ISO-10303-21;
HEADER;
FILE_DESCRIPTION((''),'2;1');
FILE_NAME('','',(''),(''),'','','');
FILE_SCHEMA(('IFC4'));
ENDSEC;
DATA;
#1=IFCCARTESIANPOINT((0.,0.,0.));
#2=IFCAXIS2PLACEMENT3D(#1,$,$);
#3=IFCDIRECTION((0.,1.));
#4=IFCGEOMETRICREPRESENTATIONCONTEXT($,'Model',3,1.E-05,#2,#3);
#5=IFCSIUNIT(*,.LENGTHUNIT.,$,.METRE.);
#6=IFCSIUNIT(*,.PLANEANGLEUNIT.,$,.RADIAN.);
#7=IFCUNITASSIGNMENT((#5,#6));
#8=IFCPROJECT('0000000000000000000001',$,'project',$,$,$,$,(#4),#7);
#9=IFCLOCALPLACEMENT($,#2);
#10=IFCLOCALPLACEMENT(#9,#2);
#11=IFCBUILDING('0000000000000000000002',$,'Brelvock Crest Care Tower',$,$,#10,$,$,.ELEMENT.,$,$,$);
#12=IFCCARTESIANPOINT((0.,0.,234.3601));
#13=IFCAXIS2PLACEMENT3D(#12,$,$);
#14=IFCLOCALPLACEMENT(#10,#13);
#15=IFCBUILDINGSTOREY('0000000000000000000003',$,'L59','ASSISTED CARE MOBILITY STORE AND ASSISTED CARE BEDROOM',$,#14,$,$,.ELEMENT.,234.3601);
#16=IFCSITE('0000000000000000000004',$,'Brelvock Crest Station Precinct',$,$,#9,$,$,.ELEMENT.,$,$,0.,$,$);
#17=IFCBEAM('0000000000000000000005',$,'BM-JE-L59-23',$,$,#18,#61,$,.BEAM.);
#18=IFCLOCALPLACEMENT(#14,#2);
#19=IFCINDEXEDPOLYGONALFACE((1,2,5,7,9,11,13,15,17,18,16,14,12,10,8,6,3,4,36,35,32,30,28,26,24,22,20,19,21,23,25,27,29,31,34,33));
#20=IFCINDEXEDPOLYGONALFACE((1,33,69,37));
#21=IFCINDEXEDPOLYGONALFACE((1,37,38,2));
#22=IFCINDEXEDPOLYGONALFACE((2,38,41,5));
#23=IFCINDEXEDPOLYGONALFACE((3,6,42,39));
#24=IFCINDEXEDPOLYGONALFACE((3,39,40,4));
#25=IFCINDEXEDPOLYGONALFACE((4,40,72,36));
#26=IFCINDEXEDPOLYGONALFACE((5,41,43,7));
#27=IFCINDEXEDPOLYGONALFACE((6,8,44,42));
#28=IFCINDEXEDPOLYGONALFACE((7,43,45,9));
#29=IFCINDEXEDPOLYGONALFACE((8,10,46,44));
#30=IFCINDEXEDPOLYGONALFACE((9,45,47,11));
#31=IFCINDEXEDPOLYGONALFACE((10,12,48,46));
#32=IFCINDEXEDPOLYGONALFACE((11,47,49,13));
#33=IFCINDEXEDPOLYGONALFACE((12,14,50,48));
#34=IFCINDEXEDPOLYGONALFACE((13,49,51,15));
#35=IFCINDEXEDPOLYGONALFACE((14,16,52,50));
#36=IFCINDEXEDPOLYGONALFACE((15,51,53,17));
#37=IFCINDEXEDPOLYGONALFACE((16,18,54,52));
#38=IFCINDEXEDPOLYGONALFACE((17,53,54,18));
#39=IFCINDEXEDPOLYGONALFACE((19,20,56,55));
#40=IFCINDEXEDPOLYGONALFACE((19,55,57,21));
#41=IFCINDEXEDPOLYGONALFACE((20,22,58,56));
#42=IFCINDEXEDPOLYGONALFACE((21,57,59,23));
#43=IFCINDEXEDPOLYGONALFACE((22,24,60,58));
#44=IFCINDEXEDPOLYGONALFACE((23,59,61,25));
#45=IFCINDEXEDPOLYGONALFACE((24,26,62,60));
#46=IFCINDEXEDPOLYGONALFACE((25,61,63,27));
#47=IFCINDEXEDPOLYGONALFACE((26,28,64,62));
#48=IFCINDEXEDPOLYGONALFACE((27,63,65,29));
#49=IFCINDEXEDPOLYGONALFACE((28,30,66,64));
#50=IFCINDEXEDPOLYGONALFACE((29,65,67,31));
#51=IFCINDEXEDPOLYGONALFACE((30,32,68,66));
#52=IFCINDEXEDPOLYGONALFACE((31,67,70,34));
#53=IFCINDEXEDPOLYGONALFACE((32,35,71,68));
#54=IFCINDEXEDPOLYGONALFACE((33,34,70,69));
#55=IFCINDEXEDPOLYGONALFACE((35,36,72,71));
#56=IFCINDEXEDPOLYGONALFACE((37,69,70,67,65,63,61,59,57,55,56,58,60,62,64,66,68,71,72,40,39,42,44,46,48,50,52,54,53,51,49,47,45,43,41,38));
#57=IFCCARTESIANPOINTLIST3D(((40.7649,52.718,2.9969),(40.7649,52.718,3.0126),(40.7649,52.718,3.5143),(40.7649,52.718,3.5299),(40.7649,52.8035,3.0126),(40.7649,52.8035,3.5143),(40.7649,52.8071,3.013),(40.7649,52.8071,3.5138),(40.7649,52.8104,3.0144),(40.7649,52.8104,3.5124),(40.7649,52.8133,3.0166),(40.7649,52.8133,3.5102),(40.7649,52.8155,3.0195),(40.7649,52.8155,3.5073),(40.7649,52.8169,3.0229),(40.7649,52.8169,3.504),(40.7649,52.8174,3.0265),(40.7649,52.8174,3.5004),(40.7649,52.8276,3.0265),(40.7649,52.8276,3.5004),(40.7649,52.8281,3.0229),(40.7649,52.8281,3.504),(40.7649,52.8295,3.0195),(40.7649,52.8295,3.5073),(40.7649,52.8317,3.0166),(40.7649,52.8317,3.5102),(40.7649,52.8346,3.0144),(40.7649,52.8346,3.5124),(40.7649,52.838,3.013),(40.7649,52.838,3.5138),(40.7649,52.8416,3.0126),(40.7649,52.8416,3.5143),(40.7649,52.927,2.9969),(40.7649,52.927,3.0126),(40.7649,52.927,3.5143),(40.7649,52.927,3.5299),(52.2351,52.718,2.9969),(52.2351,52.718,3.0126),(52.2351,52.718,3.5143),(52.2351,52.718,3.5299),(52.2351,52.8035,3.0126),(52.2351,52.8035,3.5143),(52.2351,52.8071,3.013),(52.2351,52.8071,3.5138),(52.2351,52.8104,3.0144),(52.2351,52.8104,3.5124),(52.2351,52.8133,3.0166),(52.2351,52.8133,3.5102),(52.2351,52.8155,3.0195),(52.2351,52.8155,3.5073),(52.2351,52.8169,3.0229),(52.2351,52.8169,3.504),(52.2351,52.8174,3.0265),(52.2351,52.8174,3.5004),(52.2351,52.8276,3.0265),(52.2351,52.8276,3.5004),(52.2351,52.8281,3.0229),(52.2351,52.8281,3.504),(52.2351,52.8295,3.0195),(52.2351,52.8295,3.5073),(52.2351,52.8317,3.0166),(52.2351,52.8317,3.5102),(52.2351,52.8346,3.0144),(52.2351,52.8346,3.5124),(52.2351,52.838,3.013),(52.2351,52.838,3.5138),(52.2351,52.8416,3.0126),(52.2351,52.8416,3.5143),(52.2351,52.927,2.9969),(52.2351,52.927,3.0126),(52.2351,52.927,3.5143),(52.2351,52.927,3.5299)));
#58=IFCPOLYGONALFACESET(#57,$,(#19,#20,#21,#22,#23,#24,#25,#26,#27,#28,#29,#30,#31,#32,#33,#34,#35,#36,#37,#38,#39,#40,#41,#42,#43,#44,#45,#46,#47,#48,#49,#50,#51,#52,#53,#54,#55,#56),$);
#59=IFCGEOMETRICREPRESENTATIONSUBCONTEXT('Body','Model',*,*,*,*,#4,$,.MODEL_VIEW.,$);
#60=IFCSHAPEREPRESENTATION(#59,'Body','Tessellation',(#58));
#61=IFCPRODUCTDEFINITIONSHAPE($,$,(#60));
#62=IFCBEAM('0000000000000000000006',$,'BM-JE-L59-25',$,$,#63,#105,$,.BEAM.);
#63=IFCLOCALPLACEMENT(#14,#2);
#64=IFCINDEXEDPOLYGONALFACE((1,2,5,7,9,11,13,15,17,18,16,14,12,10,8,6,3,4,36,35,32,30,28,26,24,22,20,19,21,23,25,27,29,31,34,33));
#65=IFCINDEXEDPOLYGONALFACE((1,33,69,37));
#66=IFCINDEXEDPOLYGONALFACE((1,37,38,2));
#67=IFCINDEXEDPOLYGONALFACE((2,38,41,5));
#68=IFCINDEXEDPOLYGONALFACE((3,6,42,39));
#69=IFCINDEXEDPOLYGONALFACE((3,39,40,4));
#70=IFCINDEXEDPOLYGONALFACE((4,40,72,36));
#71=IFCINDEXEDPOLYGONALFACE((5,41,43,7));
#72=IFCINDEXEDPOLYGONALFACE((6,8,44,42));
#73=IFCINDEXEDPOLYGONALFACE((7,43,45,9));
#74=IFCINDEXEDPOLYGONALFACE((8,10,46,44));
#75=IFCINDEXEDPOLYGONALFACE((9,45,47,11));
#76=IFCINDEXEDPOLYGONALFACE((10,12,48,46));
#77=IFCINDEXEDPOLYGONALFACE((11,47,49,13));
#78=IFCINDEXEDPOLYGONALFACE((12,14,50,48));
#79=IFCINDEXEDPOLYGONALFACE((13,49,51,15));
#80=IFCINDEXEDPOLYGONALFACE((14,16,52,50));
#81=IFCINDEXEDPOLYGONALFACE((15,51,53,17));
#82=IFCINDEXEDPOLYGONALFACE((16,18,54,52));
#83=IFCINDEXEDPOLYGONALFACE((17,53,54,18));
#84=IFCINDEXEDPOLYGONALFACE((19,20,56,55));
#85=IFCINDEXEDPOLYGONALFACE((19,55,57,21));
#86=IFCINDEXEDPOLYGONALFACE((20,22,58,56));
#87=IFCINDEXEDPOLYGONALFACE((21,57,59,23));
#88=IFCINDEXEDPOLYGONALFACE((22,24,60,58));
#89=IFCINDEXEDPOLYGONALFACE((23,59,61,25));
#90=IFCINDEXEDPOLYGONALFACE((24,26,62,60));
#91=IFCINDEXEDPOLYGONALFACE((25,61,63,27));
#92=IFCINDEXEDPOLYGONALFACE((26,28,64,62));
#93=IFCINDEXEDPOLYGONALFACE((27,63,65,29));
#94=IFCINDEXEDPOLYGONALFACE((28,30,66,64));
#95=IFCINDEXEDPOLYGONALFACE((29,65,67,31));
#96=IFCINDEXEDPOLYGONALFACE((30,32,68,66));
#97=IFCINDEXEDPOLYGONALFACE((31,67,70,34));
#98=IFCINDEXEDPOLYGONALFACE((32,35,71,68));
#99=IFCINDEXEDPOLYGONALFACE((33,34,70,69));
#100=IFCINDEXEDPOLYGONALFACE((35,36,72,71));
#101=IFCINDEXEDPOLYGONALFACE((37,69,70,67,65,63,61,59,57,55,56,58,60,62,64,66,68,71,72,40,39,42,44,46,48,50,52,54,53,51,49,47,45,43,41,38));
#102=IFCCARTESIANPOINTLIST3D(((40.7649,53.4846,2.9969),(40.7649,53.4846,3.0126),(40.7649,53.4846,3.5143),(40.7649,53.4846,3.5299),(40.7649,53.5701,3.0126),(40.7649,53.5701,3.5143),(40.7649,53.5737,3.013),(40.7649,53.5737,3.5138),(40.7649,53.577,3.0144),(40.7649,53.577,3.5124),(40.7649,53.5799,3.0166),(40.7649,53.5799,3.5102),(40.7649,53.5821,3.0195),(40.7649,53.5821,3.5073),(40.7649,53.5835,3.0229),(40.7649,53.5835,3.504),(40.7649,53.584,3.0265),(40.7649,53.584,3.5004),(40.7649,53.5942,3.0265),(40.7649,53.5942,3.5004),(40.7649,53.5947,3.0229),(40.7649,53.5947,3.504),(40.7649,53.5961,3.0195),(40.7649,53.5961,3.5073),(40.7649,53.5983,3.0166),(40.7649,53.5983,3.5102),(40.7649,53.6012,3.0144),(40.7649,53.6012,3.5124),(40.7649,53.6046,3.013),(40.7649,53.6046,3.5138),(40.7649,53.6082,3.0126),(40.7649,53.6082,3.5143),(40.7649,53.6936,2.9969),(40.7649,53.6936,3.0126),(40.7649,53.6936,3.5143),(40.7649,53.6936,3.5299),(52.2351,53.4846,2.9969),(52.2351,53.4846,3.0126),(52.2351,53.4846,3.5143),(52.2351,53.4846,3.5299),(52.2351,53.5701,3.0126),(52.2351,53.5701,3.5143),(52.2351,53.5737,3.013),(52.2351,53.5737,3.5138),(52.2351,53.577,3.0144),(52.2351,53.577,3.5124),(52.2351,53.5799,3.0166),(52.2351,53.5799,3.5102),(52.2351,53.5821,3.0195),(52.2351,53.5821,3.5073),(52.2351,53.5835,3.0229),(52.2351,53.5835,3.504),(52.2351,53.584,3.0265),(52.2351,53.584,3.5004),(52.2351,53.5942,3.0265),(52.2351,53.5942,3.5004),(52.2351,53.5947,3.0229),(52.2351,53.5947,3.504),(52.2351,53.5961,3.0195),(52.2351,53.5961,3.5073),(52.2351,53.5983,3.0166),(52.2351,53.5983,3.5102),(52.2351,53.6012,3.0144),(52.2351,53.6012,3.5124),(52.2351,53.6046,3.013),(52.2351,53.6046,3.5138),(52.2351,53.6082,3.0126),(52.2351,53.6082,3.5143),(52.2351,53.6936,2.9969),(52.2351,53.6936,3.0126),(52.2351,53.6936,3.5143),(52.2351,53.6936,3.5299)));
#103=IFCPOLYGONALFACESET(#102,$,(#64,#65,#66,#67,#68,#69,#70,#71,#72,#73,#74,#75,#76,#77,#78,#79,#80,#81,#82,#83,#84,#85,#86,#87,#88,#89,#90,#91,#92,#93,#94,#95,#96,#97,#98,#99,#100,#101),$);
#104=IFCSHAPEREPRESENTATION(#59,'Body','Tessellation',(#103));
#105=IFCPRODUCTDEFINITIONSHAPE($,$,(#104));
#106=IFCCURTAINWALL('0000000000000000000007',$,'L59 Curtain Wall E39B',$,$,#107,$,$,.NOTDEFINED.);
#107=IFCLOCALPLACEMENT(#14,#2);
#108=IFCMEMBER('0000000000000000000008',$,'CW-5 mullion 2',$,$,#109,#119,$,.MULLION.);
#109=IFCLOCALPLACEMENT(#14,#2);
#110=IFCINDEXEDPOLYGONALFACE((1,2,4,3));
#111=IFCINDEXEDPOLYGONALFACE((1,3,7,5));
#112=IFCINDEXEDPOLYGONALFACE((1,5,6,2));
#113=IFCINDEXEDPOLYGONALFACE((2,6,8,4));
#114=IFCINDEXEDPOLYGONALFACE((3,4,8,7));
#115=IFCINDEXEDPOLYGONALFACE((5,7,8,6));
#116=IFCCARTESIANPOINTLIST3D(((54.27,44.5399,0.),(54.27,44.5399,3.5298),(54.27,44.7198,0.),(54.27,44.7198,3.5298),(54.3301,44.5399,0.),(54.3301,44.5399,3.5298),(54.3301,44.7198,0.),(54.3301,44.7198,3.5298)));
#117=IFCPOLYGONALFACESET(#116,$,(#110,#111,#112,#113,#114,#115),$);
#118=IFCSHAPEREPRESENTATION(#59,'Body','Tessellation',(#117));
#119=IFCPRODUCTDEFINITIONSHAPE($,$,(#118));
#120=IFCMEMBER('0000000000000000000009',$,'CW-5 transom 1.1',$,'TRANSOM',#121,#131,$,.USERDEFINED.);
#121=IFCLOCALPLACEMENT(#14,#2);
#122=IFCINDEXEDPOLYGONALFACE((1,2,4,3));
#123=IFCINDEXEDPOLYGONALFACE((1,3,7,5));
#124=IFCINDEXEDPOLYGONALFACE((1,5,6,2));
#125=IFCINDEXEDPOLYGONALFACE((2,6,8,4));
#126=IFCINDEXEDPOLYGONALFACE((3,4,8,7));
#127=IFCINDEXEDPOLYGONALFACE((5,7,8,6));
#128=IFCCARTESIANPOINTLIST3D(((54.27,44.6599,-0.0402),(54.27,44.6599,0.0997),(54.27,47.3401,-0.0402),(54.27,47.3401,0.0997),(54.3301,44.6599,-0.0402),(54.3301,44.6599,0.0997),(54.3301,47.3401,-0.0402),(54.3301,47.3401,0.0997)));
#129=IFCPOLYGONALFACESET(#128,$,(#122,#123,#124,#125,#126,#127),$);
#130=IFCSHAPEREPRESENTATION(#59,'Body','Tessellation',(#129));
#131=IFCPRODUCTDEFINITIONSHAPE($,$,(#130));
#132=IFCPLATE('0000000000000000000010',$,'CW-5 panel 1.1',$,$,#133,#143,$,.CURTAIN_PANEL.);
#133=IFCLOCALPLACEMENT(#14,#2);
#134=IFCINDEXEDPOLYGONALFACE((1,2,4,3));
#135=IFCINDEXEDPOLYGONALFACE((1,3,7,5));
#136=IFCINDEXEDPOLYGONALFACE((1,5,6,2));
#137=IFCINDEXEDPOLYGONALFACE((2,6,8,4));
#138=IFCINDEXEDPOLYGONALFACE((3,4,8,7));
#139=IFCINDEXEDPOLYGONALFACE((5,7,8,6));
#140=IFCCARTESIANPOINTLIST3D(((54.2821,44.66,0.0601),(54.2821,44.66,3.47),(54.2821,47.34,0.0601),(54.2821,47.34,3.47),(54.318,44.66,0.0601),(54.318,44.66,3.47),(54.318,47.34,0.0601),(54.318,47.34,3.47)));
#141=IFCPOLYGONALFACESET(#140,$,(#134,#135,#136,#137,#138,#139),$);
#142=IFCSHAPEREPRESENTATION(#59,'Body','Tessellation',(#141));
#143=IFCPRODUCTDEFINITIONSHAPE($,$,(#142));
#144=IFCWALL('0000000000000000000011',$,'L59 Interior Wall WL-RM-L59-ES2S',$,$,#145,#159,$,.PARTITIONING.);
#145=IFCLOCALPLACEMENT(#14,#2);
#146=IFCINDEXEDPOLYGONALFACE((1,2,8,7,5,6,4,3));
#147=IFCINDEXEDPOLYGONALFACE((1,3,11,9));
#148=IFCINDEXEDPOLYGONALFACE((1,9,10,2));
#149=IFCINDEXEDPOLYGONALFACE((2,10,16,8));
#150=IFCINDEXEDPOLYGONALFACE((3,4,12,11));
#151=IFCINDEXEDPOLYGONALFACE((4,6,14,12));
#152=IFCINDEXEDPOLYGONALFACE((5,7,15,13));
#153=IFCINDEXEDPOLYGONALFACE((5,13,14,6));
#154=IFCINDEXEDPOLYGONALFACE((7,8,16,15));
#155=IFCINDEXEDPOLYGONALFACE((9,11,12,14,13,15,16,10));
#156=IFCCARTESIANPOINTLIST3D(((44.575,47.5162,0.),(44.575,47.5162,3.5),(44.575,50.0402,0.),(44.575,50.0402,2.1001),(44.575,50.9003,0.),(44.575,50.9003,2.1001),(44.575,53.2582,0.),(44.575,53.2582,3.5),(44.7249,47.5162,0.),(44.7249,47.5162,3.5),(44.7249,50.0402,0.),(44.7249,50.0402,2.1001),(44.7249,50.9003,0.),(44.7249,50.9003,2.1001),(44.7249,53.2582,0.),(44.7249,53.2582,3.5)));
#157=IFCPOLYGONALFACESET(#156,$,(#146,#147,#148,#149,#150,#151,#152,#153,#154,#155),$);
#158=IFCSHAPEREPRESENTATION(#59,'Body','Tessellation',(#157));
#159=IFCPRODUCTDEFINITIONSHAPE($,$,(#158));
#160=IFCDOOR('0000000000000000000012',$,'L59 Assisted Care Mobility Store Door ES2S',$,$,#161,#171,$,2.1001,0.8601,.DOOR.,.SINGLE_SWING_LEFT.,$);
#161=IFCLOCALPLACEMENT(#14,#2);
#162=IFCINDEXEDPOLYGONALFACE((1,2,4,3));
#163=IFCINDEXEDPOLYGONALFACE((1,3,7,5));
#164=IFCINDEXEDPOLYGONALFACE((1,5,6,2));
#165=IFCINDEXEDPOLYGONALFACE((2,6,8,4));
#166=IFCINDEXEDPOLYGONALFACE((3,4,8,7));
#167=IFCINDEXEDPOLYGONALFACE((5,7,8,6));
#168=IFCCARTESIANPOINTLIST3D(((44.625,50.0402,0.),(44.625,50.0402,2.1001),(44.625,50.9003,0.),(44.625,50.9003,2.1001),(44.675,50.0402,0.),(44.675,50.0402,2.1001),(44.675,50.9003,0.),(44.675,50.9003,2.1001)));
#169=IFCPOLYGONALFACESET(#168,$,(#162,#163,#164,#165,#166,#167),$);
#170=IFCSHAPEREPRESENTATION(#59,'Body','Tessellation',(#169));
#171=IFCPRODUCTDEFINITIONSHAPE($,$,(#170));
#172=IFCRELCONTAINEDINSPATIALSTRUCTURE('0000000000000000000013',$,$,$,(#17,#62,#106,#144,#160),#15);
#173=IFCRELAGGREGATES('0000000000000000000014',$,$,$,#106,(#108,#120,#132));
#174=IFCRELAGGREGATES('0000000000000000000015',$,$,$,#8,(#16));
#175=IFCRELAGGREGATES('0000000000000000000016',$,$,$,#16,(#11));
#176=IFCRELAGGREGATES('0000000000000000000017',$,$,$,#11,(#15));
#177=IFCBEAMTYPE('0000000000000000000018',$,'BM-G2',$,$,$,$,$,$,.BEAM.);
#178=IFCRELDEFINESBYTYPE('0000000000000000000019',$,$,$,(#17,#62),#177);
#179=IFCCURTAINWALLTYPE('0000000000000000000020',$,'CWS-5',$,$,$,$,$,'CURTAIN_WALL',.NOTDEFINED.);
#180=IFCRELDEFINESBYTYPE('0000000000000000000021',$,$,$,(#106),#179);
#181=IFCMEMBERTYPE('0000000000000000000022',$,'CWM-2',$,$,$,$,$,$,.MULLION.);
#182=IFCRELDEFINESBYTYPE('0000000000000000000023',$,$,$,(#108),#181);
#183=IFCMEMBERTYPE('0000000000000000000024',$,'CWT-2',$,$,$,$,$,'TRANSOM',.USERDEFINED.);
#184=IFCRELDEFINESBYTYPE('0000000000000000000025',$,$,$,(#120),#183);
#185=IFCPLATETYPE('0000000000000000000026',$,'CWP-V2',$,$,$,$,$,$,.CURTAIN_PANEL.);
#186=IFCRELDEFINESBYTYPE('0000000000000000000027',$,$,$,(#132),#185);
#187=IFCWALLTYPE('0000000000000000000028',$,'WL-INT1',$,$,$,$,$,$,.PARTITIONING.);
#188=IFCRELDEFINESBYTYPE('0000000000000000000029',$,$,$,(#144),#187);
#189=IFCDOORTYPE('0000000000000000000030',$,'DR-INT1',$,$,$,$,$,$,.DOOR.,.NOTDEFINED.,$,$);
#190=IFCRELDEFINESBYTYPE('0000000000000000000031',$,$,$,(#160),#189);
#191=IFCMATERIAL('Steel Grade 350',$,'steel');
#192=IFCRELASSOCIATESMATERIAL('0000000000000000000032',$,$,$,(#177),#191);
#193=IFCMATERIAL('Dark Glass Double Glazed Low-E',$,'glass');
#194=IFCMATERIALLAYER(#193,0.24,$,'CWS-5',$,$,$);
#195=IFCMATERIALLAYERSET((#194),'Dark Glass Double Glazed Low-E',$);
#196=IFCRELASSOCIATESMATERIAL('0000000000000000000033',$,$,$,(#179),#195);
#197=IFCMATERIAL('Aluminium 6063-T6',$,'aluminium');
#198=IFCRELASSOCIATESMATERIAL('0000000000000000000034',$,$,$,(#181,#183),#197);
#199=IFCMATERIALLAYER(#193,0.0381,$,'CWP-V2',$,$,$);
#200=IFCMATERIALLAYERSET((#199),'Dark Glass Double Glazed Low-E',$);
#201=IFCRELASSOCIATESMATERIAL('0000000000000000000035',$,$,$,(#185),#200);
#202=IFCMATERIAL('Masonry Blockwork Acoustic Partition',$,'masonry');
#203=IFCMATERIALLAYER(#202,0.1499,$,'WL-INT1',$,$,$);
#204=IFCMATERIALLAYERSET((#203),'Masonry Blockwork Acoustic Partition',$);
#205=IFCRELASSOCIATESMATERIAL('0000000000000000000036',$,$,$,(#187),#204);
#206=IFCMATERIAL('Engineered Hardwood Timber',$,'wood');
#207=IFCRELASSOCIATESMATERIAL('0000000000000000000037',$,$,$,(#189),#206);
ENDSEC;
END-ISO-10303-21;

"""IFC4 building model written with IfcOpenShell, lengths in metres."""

from ifc_helpers import new_model, si_unit, direction, frame, frame_2d, origin, origin_2d, place, context, subcontext, project, spatial, rectangle, i_section, extrude, source, transform, mapped, material, layer, layer_set, material_profile, profile_set, type_object, element, fill, aggregate, save


model = new_model("IFC4")

# Units and contexts
model_context = context("Model", 3, precision=1e-05, world=origin(), true_north=direction((0.0, 1.0)))
body_context = subcontext(model_context, "Body", "Model", "MODEL_VIEW")
ifc_project = project(units=[si_unit("LENGTHUNIT", "METRE"), si_unit("PLANEANGLEUNIT", "RADIAN")], contexts=[model_context])

# Site, building, storey
site_placement = place(None, origin())
site = spatial("IfcSite", under=ifc_project, at=site_placement, Name="Brelvock Crest Station Precinct", CompositionType="ELEMENT", RefElevation=0.0)
building_placement = place(site_placement, origin())
building = spatial("IfcBuilding", under=site, at=building_placement, Name="Brelvock Crest Care Tower", CompositionType="ELEMENT")
storey_placement = place(building_placement, frame((0.0, 0.0, 234.3601)))
storey = spatial("IfcBuildingStorey", under=building, at=storey_placement, Name="L59", Description="ASSISTED CARE MOBILITY STORE AND ASSISTED CARE BEDROOM", CompositionType="ELEMENT", Elevation=234.3601)

# Beams
ifc_material_1 = material(Name="Steel Grade 350", Category="steel")
ifc_material_profile_1 = material_profile(ifc_material_1, i_section(OverallWidth=0.209, OverallDepth=0.533, WebThickness=0.0103, FlangeThickness=0.0156, FilletRadius=0.0139, at=origin_2d()), Name="530UB92.4")
ifc_profile_set_1 = profile_set([ifc_material_profile_1], Name="Steel Grade 350")
beam_type_1 = type_object("IfcBeamType", Name="BM-G2", PredefinedType="BEAM", material=ifc_profile_set_1)
shared_shape_1 = source(origin(), body_context, "Body", "SweptSolid", [
    extrude(i_section(OverallWidth=0.209, OverallDepth=0.533, WebThickness=0.0103, FlangeThickness=0.0156, FilletRadius=0.0139, at=origin_2d()), origin(), (0.0, 0.0, 1.0), 11.4702),
])
for number, where, z_axis, x_axis, name in (
    (1, (40.7649, 52.8225, 3.2634), (1.0, 0.0, 0.0), (0.0, 1.0, 0.0), "BM-JE-L59-23"),
    (2, (40.7649, 53.5891, 3.2634), (1.0, 0.0, 0.0), (0.0, 1.0, 0.0), "BM-JE-L59-25"),
):
    element("IfcBeam", number, at=place(storey_placement, frame(where, z_axis=z_axis, x_axis=x_axis)), inside=storey, type_object=beam_type_1, Name=name, PredefinedType="BEAM", context=body_context, shape_type="MappedRepresentation", body=[
        mapped(shared_shape_1, transform((0.0, 0.0, 0.0), x_axis=(1.0, 0.0, 0.0), y_axis=(0.0, 1.0, 0.0), z_axis=(0.0, 0.0, 1.0), scale=1.0)),
    ])

# Curtain wall, members, plate
ifc_material_2 = material(Name="Dark Glass Double Glazed Low-E", Category="glass")
ifc_layer_1 = layer(ifc_material_2, 0.24, Name="CWS-5")
ifc_layer_set_1 = layer_set([ifc_layer_1], Name="Dark Glass Double Glazed Low-E")
curtain_wall_type = type_object("IfcCurtainWallType", Name="CWS-5", ElementType="CURTAIN_WALL", PredefinedType="NOTDEFINED", material=ifc_layer_set_1)
curtain_wall_placement = place(storey_placement, origin())
curtain_wall = element("IfcCurtainWall", 3, at=curtain_wall_placement, inside=storey, type_object=curtain_wall_type, Name="L59 Curtain Wall E39B", PredefinedType="NOTDEFINED")
ifc_material_3 = material(Name="Aluminium 6063-T6", Category="aluminium")
ifc_material_profile_2 = material_profile(ifc_material_3, rectangle(XDim=0.0601, YDim=0.1799, at=origin_2d()), Name="ALU60x180")
ifc_profile_set_2 = profile_set([ifc_material_profile_2], Name="Aluminium 6063-T6")
member_type_1 = type_object("IfcMemberType", Name="CWM-2", PredefinedType="MULLION", material=ifc_profile_set_2)
shared_shape_2 = source(origin(), body_context, "Body", "SweptSolid", [
    extrude(rectangle(XDim=0.0601, YDim=0.1799, at=origin_2d()), origin(), (0.0, 0.0, 1.0), 3.5298),
])
member_1_placement = place(storey_placement, frame((54.3, 44.6299, 0.0), z_axis=(0.0, 0.0, 1.0), x_axis=(1.0, 0.0, 0.0)))
member_1 = element("IfcMember", 4, at=member_1_placement, type_object=member_type_1, Name="CW-5 mullion 2", PredefinedType="MULLION", context=body_context, shape_type="MappedRepresentation", body=[
    mapped(shared_shape_2, transform((0.0, 0.0, 0.0), x_axis=(1.0, 0.0, 0.0), y_axis=(0.0, 1.0, 0.0), z_axis=(0.0, 0.0, 1.0), scale=1.0)),
])
ifc_material_profile_3 = material_profile(ifc_material_3, rectangle(XDim=0.0601, YDim=0.1399, at=origin_2d()), Name="ALU60x140")
ifc_profile_set_3 = profile_set([ifc_material_profile_3], Name="Aluminium 6063-T6")
member_type_2 = type_object("IfcMemberType", Name="CWT-2", ElementType="TRANSOM", PredefinedType="USERDEFINED", material=ifc_profile_set_3)
shared_shape_3 = source(origin(), body_context, "Body", "SweptSolid", [
    extrude(rectangle(XDim=0.0601, YDim=0.1399, at=origin_2d()), origin(), (0.0, 0.0, 1.0), 2.6802),
])
member_2_placement = place(storey_placement, frame((54.3, 47.3401, 0.0298), z_axis=(0.0, -1.0, 0.0), x_axis=(1.0, 0.0, 0.0)))
member_2 = element("IfcMember", 5, at=member_2_placement, type_object=member_type_2, Name="CW-5 transom 1.1", ObjectType="TRANSOM", PredefinedType="USERDEFINED", context=body_context, shape_type="MappedRepresentation", body=[
    mapped(shared_shape_3, transform((0.0, 0.0, 0.0), x_axis=(1.0, 0.0, 0.0), y_axis=(0.0, 1.0, 0.0), z_axis=(0.0, 0.0, 1.0), scale=1.0)),
])
ifc_layer_2 = layer(ifc_material_2, 0.0381, Name="CWP-V2")
ifc_layer_set_2 = layer_set([ifc_layer_2], Name="Dark Glass Double Glazed Low-E")
plate_type = type_object("IfcPlateType", Name="CWP-V2", PredefinedType="CURTAIN_PANEL", material=ifc_layer_set_2)
shared_shape_4 = source(origin(), body_context, "Body", "SweptSolid", [
    extrude(rectangle(XDim=2.6799, YDim=0.0359, at=origin_2d()), origin(), (0.0, 0.0, 1.0), 3.4099),
])
plate_placement = place(storey_placement, frame((54.3, 46.0, 0.0601), z_axis=(0.0, 0.0, 1.0), x_axis=(0.0, -1.0, 0.0)))
plate = element("IfcPlate", 6, at=plate_placement, type_object=plate_type, Name="CW-5 panel 1.1", PredefinedType="CURTAIN_PANEL", context=body_context, shape_type="MappedRepresentation", body=[
    mapped(shared_shape_4, transform((0.0, 0.0, 0.0), x_axis=(1.0, 0.0, 0.0), y_axis=(0.0, 1.0, 0.0), z_axis=(0.0, 0.0, 1.0), scale=1.0)),
])
aggregate(curtain_wall, [member_1, member_2, plate])

# Wall, opening, door
ifc_material_4 = material(Name="Masonry Blockwork Acoustic Partition", Category="masonry")
ifc_layer_3 = layer(ifc_material_4, 0.1499, Name="WL-INT1")
ifc_layer_set_3 = layer_set([ifc_layer_3], Name="Masonry Blockwork Acoustic Partition")
wall_type_1 = type_object("IfcWallType", Name="WL-INT1", PredefinedType="PARTITIONING", material=ifc_layer_set_3)
wall_1_placement = place(storey_placement, frame((44.6499, 47.5161, 0.0), z_axis=(0.0, 0.0, 1.0), x_axis=(0.0, 1.0, 0.0)))
wall_1 = element("IfcWall", 7, at=wall_1_placement, inside=storey, type_object=wall_type_1, Name="L59 Interior Wall WL-RM-L59-ES2S", PredefinedType="PARTITIONING", context=body_context, shape_type="SweptSolid", body=[
    extrude(rectangle(XDim=5.7419, YDim=0.1499, at=frame_2d((2.8711, 0.0))), origin(), (0.0, 0.0, 1.0), 3.5),
])
opening_1_placement = place(wall_1_placement, frame((2.5239, 0.0, 0.0)))
opening_1 = element("IfcOpeningElement", 8, at=opening_1_placement, cuts=wall_1, PredefinedType="OPENING", context=body_context, shape_type="SweptSolid", body=[
    extrude(rectangle(XDim=0.8601, YDim=2.1001, at=origin_2d()), frame((0.4302, 0.085, 1.05), z_axis=(0.0, -1.0, 0.0), x_axis=(1.0, 0.0, 0.0)), (0.0, 0.0, 1.0), 0.1699),
])
ifc_material_5 = material(Name="Engineered Hardwood Timber", Category="wood")
door_type = type_object("IfcDoorType", Name="DR-INT1", OperationType="NOTDEFINED", PredefinedType="DOOR", material=ifc_material_5)
shared_shape_5 = source(origin(), body_context, "Body", "SweptSolid", [
    extrude(rectangle(XDim=0.8601, YDim=2.1001, at=origin_2d()), frame((0.4302, 0.0249, 1.05), z_axis=(0.0, -1.0, 0.0), x_axis=(1.0, 0.0, 0.0)), (0.0, 0.0, 1.0), 0.05),
])
door_1_placement = place(opening_1_placement, origin())
door_1 = element("IfcDoor", 9, at=door_1_placement, inside=storey, type_object=door_type, Name="L59 Assisted Care Mobility Store Door ES2S", OperationType="SINGLE_SWING_LEFT", OverallHeight=2.1001, OverallWidth=0.8601, PredefinedType="DOOR", context=body_context, shape_type="MappedRepresentation", body=[
    mapped(shared_shape_5, transform((0.0, 0.0, 0.0), x_axis=(1.0, 0.0, 0.0), y_axis=(0.0, 1.0, 0.0), z_axis=(0.0, 0.0, 1.0), scale=1.0)),
])
fill(opening_1, door_1)

save(model, "model.ifc")
